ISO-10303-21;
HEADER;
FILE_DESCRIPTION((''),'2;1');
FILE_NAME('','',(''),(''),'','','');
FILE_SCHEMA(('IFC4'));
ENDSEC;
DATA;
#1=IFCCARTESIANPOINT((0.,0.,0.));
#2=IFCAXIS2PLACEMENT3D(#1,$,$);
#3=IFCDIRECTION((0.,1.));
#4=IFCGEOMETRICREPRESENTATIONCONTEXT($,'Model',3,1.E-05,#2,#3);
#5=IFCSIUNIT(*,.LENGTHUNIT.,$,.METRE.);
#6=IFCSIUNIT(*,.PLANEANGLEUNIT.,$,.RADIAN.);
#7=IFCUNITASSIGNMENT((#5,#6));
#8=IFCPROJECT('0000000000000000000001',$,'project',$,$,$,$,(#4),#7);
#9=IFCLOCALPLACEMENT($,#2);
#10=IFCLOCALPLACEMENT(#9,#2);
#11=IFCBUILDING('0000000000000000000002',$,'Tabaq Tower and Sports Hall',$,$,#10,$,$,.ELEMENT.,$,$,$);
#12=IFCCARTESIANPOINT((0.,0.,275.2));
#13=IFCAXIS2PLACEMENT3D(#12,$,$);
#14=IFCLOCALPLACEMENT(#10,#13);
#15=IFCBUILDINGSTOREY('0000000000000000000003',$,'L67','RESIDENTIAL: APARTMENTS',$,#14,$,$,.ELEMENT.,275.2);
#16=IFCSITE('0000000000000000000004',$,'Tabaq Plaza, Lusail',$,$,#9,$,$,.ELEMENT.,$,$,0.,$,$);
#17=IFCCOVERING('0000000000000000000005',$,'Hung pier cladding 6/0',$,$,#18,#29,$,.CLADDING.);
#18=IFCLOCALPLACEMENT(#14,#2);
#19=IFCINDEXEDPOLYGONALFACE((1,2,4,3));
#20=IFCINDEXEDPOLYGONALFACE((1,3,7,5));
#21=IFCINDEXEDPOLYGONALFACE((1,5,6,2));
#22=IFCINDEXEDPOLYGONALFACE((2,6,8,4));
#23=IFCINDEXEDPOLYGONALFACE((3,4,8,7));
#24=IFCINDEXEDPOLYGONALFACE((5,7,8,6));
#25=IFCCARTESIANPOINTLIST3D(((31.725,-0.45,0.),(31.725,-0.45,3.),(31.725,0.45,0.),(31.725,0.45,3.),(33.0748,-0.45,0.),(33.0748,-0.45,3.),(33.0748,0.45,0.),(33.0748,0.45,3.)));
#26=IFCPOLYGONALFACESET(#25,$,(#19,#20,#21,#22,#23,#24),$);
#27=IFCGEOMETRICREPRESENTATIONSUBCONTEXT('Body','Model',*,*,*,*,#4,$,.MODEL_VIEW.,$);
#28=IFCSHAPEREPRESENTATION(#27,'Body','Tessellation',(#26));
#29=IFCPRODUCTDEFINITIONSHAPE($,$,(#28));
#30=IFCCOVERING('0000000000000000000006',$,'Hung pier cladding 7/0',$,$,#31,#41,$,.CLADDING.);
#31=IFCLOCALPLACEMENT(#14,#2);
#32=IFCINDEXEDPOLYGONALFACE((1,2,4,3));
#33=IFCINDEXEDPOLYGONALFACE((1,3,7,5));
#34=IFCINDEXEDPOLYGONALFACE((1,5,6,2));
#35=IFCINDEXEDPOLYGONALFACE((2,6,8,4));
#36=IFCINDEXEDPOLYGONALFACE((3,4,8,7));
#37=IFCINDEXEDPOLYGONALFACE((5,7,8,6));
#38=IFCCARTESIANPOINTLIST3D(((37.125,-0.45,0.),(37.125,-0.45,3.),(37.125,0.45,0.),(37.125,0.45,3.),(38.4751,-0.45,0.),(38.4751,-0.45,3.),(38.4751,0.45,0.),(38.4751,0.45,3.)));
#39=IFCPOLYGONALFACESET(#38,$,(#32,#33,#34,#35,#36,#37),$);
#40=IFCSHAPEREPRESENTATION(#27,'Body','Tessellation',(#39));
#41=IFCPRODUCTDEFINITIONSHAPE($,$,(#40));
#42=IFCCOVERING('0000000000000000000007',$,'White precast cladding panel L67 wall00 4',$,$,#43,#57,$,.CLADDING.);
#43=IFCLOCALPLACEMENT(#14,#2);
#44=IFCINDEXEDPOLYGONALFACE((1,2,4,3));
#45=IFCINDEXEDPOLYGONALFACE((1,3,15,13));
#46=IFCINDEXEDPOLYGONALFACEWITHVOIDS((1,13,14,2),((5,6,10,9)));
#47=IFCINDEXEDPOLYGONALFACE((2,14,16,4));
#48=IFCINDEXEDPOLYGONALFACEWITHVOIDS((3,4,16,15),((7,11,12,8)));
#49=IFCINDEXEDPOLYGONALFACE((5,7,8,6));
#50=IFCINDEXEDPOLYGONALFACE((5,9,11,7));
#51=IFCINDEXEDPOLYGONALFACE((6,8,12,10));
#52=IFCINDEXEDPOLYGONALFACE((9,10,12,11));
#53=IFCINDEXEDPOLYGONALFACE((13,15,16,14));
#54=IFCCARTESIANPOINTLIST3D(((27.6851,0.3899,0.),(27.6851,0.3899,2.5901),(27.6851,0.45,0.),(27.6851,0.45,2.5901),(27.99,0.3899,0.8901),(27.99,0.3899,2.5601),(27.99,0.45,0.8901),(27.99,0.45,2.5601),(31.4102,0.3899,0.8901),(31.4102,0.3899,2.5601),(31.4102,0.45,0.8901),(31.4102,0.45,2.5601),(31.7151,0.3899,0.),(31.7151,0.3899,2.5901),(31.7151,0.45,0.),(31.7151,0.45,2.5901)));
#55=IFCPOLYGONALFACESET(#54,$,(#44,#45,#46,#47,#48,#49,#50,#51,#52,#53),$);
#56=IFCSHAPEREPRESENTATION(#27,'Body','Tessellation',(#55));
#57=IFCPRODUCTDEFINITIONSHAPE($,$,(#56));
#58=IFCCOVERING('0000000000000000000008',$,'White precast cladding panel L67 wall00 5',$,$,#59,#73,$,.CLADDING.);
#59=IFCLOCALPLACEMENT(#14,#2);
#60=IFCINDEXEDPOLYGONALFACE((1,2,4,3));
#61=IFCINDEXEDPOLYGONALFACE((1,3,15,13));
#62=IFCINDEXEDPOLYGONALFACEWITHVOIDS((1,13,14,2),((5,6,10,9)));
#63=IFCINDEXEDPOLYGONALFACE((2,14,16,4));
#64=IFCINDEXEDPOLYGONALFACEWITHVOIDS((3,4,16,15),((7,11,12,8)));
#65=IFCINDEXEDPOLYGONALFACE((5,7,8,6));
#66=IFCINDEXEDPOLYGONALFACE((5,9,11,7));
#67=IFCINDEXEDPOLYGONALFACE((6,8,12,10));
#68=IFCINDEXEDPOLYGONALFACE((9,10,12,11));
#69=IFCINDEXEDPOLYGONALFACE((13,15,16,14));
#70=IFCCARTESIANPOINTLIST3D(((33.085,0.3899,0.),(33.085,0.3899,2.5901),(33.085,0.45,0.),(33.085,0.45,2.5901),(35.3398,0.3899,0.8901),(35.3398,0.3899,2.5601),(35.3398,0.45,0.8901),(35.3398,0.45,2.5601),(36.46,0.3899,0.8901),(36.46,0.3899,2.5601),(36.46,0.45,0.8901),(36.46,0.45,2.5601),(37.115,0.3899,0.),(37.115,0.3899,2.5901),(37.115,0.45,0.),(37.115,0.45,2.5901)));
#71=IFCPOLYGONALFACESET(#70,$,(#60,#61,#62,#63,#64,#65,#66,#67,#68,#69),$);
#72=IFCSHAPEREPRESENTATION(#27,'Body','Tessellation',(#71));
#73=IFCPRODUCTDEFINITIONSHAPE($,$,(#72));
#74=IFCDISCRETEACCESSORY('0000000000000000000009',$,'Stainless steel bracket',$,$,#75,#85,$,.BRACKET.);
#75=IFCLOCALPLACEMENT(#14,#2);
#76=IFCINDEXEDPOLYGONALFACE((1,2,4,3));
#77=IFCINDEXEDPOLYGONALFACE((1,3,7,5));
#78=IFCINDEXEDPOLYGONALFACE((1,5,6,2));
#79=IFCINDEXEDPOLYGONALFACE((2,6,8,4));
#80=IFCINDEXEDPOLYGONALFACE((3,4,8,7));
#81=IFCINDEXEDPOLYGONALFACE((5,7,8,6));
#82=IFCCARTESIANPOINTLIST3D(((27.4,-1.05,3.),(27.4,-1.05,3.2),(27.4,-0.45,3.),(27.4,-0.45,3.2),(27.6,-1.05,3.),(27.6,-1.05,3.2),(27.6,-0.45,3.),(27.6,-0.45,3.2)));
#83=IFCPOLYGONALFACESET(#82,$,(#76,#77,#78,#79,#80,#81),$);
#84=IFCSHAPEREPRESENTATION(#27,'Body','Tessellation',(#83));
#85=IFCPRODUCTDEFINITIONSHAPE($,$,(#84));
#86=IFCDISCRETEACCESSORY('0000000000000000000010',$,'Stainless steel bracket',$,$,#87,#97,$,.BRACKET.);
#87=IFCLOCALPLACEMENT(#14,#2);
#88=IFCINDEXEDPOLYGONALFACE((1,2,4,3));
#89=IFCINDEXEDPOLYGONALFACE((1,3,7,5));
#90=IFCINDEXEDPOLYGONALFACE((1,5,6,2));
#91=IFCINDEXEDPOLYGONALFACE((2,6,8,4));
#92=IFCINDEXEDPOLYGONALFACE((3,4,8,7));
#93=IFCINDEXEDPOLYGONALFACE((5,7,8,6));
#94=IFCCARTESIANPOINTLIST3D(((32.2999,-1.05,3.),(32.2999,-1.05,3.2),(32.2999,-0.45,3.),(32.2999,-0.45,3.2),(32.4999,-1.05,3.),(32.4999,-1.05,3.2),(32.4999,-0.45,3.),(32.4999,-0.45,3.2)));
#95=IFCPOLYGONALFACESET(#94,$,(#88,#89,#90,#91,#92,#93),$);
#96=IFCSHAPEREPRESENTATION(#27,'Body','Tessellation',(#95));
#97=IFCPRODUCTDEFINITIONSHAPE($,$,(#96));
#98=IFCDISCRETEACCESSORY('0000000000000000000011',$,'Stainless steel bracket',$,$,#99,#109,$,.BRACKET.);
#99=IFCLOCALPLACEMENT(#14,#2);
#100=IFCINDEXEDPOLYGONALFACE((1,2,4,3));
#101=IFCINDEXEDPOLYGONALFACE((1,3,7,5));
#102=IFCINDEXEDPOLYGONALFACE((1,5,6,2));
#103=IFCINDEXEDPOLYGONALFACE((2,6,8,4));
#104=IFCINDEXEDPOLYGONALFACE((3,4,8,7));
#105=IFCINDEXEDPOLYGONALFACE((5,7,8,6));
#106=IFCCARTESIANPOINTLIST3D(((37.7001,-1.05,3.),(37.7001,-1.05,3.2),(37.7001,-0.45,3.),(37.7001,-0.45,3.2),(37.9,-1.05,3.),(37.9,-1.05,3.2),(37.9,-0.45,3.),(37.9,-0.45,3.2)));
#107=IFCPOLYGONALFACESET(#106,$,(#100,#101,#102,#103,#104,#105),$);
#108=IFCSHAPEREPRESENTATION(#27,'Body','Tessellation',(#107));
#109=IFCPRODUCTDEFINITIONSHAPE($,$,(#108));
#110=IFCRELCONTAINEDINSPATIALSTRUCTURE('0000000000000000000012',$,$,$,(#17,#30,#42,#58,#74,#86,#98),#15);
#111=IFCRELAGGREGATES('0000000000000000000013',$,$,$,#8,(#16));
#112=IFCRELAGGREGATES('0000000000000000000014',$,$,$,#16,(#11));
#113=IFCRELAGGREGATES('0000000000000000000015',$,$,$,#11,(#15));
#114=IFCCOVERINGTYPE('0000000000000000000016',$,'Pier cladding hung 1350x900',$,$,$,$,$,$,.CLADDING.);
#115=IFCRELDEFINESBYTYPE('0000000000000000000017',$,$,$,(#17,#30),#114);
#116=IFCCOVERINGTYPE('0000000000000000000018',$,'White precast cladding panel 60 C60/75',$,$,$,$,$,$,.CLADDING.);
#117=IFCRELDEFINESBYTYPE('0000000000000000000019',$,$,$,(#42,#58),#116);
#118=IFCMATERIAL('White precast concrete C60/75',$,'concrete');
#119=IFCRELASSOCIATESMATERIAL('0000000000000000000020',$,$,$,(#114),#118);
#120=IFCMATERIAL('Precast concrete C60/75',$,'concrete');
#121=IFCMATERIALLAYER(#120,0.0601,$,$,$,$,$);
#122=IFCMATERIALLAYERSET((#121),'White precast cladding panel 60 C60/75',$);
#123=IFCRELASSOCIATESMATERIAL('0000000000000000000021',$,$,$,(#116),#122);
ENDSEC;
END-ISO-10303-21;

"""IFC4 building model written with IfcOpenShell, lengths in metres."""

from ifc_helpers import new_model, si_unit, direction, frame, frame_2d, origin, origin_2d, place, context, subcontext, project, spatial, polyline, rectangle, outline, extrude, material, layer, layer_set, type_object, element, save


model = new_model("IFC4")

# Units and contexts
model_context = context("Model", 3, precision=1e-05, world=origin(), true_north=direction((0.0, 1.0)))
body_context = subcontext(model_context, "Body", "Model", "MODEL_VIEW")
ifc_project = project(units=[si_unit("LENGTHUNIT", "METRE"), si_unit("PLANEANGLEUNIT", "RADIAN")], contexts=[model_context])

# Site, building, storey
site_placement = place(None, origin())
site = spatial("IfcSite", under=ifc_project, at=site_placement, Name="Tabaq Plaza, Lusail", CompositionType="ELEMENT", RefElevation=0.0)
building_placement = place(site_placement, origin())
building = spatial("IfcBuilding", under=site, at=building_placement, Name="Tabaq Tower and Sports Hall", CompositionType="ELEMENT")
storey_placement = place(building_placement, frame((0.0, 0.0, 275.2)))
storey = spatial("IfcBuildingStorey", under=building, at=storey_placement, Name="L67", Description="RESIDENTIAL: APARTMENTS", CompositionType="ELEMENT", Elevation=275.2)

# Coverings
ifc_material_1 = material(Name="White precast concrete C60/75", Category="concrete")
covering_type_1 = type_object("IfcCoveringType", Name="Pier cladding hung 1350x900", PredefinedType="CLADDING", material=ifc_material_1)
covering_1_placement = place(storey_placement, frame((31.7251, 0.0, 0.0), z_axis=(0.0, 0.0, 1.0), x_axis=(1.0, 0.0, 0.0)))
element("IfcCovering", 1, at=covering_1_placement, inside=storey, type_object=covering_type_1, Name="Hung pier cladding 6/0", PredefinedType="CLADDING", context=body_context, shape_type="SweptSolid", body=[
    extrude(rectangle(XDim=1.3499, YDim=0.8999, at=frame_2d((0.6748, 0.0))), origin(), (0.0, 0.0, 1.0), 3.0),
])
covering_2_placement = place(storey_placement, frame((37.125, 0.0, 0.0), z_axis=(0.0, 0.0, 1.0), x_axis=(1.0, 0.0, 0.0)))
element("IfcCovering", 2, at=covering_2_placement, inside=storey, type_object=covering_type_1, Name="Hung pier cladding 7/0", PredefinedType="CLADDING", context=body_context, shape_type="SweptSolid", body=[
    extrude(rectangle(XDim=1.3501, YDim=0.8999, at=frame_2d((0.675, 0.0))), origin(), (0.0, 0.0, 1.0), 3.0),
])
ifc_material_2 = material(Name="Precast concrete C60/75", Category="concrete")
ifc_layer_1 = layer(ifc_material_2, 0.0601)
ifc_layer_set_1 = layer_set([ifc_layer_1], Name="White precast cladding panel 60 C60/75")
covering_type_2 = type_object("IfcCoveringType", Name="White precast cladding panel 60 C60/75", PredefinedType="CLADDING", material=ifc_layer_set_1)
covering_3_placement = place(storey_placement, frame((27.6851, 0.4199, 0.0), z_axis=(0.0, 0.0, 1.0), x_axis=(1.0, 0.0, 0.0)))
element("IfcCovering", 3, at=covering_3_placement, inside=storey, type_object=covering_type_2, Name="White precast cladding panel L67 wall00 4", PredefinedType="CLADDING", context=body_context, shape_type="SweptSolid", body=[
    extrude(outline(polyline([(0.0, 0.0), (4.03, 0.0), (4.03, 2.5901), (0.0, 2.5901), (0.0, 0.0)]), holes=[polyline([(3.7251, 0.8901), (0.3049, 0.8901), (0.3049, 2.5601), (3.7251, 2.5601), (3.7251, 0.8901)])]), frame((0.0, 0.03, 0.0), z_axis=(0.0, -1.0, 0.0), x_axis=(1.0, 0.0, 0.0)), (0.0, 0.0, 1.0), 0.0601),
])
covering_4_placement = place(storey_placement, frame((33.085, 0.4199, 0.0), z_axis=(0.0, 0.0, 1.0), x_axis=(1.0, 0.0, 0.0)))
element("IfcCovering", 4, at=covering_4_placement, inside=storey, type_object=covering_type_2, Name="White precast cladding panel L67 wall00 5", PredefinedType="CLADDING", context=body_context, shape_type="SweptSolid", body=[
    extrude(outline(polyline([(0.0, 0.0), (4.03, 0.0), (4.03, 2.5901), (0.0, 2.5901), (0.0, 0.0)]), holes=[polyline([(3.375, 0.8901), (2.2549, 0.8901), (2.2549, 2.5601), (3.375, 2.5601), (3.375, 0.8901)])]), frame((0.0, 0.03, 0.0), z_axis=(0.0, -1.0, 0.0), x_axis=(1.0, 0.0, 0.0)), (0.0, 0.0, 1.0), 0.0601),
])

# Discrete accessories
for number, where, z_axis, x_axis, name in (
    (5, (27.5, -0.75, 3.0), (0.0, 0.0, 1.0), (0.0, -1.0, 0.0), "Stainless steel bracket"),
    (6, (32.3999, -0.75, 3.0), (0.0, 0.0, 1.0), (0.0, -1.0, 0.0), "Stainless steel bracket"),
    (7, (37.8, -0.75, 3.0), (0.0, 0.0, 1.0), (0.0, -1.0, 0.0), "Stainless steel bracket"),
):
    element("IfcDiscreteAccessory", number, at=place(storey_placement, frame(where, z_axis=z_axis, x_axis=x_axis)), inside=storey, Name=name, PredefinedType="BRACKET", context=body_context, shape_type="SweptSolid", body=[
        extrude(rectangle(XDim=0.6001, YDim=0.2, at=origin_2d()), origin(), (0.0, 0.0, 1.0), 0.2),
    ])

save(model, "model.ifc")
